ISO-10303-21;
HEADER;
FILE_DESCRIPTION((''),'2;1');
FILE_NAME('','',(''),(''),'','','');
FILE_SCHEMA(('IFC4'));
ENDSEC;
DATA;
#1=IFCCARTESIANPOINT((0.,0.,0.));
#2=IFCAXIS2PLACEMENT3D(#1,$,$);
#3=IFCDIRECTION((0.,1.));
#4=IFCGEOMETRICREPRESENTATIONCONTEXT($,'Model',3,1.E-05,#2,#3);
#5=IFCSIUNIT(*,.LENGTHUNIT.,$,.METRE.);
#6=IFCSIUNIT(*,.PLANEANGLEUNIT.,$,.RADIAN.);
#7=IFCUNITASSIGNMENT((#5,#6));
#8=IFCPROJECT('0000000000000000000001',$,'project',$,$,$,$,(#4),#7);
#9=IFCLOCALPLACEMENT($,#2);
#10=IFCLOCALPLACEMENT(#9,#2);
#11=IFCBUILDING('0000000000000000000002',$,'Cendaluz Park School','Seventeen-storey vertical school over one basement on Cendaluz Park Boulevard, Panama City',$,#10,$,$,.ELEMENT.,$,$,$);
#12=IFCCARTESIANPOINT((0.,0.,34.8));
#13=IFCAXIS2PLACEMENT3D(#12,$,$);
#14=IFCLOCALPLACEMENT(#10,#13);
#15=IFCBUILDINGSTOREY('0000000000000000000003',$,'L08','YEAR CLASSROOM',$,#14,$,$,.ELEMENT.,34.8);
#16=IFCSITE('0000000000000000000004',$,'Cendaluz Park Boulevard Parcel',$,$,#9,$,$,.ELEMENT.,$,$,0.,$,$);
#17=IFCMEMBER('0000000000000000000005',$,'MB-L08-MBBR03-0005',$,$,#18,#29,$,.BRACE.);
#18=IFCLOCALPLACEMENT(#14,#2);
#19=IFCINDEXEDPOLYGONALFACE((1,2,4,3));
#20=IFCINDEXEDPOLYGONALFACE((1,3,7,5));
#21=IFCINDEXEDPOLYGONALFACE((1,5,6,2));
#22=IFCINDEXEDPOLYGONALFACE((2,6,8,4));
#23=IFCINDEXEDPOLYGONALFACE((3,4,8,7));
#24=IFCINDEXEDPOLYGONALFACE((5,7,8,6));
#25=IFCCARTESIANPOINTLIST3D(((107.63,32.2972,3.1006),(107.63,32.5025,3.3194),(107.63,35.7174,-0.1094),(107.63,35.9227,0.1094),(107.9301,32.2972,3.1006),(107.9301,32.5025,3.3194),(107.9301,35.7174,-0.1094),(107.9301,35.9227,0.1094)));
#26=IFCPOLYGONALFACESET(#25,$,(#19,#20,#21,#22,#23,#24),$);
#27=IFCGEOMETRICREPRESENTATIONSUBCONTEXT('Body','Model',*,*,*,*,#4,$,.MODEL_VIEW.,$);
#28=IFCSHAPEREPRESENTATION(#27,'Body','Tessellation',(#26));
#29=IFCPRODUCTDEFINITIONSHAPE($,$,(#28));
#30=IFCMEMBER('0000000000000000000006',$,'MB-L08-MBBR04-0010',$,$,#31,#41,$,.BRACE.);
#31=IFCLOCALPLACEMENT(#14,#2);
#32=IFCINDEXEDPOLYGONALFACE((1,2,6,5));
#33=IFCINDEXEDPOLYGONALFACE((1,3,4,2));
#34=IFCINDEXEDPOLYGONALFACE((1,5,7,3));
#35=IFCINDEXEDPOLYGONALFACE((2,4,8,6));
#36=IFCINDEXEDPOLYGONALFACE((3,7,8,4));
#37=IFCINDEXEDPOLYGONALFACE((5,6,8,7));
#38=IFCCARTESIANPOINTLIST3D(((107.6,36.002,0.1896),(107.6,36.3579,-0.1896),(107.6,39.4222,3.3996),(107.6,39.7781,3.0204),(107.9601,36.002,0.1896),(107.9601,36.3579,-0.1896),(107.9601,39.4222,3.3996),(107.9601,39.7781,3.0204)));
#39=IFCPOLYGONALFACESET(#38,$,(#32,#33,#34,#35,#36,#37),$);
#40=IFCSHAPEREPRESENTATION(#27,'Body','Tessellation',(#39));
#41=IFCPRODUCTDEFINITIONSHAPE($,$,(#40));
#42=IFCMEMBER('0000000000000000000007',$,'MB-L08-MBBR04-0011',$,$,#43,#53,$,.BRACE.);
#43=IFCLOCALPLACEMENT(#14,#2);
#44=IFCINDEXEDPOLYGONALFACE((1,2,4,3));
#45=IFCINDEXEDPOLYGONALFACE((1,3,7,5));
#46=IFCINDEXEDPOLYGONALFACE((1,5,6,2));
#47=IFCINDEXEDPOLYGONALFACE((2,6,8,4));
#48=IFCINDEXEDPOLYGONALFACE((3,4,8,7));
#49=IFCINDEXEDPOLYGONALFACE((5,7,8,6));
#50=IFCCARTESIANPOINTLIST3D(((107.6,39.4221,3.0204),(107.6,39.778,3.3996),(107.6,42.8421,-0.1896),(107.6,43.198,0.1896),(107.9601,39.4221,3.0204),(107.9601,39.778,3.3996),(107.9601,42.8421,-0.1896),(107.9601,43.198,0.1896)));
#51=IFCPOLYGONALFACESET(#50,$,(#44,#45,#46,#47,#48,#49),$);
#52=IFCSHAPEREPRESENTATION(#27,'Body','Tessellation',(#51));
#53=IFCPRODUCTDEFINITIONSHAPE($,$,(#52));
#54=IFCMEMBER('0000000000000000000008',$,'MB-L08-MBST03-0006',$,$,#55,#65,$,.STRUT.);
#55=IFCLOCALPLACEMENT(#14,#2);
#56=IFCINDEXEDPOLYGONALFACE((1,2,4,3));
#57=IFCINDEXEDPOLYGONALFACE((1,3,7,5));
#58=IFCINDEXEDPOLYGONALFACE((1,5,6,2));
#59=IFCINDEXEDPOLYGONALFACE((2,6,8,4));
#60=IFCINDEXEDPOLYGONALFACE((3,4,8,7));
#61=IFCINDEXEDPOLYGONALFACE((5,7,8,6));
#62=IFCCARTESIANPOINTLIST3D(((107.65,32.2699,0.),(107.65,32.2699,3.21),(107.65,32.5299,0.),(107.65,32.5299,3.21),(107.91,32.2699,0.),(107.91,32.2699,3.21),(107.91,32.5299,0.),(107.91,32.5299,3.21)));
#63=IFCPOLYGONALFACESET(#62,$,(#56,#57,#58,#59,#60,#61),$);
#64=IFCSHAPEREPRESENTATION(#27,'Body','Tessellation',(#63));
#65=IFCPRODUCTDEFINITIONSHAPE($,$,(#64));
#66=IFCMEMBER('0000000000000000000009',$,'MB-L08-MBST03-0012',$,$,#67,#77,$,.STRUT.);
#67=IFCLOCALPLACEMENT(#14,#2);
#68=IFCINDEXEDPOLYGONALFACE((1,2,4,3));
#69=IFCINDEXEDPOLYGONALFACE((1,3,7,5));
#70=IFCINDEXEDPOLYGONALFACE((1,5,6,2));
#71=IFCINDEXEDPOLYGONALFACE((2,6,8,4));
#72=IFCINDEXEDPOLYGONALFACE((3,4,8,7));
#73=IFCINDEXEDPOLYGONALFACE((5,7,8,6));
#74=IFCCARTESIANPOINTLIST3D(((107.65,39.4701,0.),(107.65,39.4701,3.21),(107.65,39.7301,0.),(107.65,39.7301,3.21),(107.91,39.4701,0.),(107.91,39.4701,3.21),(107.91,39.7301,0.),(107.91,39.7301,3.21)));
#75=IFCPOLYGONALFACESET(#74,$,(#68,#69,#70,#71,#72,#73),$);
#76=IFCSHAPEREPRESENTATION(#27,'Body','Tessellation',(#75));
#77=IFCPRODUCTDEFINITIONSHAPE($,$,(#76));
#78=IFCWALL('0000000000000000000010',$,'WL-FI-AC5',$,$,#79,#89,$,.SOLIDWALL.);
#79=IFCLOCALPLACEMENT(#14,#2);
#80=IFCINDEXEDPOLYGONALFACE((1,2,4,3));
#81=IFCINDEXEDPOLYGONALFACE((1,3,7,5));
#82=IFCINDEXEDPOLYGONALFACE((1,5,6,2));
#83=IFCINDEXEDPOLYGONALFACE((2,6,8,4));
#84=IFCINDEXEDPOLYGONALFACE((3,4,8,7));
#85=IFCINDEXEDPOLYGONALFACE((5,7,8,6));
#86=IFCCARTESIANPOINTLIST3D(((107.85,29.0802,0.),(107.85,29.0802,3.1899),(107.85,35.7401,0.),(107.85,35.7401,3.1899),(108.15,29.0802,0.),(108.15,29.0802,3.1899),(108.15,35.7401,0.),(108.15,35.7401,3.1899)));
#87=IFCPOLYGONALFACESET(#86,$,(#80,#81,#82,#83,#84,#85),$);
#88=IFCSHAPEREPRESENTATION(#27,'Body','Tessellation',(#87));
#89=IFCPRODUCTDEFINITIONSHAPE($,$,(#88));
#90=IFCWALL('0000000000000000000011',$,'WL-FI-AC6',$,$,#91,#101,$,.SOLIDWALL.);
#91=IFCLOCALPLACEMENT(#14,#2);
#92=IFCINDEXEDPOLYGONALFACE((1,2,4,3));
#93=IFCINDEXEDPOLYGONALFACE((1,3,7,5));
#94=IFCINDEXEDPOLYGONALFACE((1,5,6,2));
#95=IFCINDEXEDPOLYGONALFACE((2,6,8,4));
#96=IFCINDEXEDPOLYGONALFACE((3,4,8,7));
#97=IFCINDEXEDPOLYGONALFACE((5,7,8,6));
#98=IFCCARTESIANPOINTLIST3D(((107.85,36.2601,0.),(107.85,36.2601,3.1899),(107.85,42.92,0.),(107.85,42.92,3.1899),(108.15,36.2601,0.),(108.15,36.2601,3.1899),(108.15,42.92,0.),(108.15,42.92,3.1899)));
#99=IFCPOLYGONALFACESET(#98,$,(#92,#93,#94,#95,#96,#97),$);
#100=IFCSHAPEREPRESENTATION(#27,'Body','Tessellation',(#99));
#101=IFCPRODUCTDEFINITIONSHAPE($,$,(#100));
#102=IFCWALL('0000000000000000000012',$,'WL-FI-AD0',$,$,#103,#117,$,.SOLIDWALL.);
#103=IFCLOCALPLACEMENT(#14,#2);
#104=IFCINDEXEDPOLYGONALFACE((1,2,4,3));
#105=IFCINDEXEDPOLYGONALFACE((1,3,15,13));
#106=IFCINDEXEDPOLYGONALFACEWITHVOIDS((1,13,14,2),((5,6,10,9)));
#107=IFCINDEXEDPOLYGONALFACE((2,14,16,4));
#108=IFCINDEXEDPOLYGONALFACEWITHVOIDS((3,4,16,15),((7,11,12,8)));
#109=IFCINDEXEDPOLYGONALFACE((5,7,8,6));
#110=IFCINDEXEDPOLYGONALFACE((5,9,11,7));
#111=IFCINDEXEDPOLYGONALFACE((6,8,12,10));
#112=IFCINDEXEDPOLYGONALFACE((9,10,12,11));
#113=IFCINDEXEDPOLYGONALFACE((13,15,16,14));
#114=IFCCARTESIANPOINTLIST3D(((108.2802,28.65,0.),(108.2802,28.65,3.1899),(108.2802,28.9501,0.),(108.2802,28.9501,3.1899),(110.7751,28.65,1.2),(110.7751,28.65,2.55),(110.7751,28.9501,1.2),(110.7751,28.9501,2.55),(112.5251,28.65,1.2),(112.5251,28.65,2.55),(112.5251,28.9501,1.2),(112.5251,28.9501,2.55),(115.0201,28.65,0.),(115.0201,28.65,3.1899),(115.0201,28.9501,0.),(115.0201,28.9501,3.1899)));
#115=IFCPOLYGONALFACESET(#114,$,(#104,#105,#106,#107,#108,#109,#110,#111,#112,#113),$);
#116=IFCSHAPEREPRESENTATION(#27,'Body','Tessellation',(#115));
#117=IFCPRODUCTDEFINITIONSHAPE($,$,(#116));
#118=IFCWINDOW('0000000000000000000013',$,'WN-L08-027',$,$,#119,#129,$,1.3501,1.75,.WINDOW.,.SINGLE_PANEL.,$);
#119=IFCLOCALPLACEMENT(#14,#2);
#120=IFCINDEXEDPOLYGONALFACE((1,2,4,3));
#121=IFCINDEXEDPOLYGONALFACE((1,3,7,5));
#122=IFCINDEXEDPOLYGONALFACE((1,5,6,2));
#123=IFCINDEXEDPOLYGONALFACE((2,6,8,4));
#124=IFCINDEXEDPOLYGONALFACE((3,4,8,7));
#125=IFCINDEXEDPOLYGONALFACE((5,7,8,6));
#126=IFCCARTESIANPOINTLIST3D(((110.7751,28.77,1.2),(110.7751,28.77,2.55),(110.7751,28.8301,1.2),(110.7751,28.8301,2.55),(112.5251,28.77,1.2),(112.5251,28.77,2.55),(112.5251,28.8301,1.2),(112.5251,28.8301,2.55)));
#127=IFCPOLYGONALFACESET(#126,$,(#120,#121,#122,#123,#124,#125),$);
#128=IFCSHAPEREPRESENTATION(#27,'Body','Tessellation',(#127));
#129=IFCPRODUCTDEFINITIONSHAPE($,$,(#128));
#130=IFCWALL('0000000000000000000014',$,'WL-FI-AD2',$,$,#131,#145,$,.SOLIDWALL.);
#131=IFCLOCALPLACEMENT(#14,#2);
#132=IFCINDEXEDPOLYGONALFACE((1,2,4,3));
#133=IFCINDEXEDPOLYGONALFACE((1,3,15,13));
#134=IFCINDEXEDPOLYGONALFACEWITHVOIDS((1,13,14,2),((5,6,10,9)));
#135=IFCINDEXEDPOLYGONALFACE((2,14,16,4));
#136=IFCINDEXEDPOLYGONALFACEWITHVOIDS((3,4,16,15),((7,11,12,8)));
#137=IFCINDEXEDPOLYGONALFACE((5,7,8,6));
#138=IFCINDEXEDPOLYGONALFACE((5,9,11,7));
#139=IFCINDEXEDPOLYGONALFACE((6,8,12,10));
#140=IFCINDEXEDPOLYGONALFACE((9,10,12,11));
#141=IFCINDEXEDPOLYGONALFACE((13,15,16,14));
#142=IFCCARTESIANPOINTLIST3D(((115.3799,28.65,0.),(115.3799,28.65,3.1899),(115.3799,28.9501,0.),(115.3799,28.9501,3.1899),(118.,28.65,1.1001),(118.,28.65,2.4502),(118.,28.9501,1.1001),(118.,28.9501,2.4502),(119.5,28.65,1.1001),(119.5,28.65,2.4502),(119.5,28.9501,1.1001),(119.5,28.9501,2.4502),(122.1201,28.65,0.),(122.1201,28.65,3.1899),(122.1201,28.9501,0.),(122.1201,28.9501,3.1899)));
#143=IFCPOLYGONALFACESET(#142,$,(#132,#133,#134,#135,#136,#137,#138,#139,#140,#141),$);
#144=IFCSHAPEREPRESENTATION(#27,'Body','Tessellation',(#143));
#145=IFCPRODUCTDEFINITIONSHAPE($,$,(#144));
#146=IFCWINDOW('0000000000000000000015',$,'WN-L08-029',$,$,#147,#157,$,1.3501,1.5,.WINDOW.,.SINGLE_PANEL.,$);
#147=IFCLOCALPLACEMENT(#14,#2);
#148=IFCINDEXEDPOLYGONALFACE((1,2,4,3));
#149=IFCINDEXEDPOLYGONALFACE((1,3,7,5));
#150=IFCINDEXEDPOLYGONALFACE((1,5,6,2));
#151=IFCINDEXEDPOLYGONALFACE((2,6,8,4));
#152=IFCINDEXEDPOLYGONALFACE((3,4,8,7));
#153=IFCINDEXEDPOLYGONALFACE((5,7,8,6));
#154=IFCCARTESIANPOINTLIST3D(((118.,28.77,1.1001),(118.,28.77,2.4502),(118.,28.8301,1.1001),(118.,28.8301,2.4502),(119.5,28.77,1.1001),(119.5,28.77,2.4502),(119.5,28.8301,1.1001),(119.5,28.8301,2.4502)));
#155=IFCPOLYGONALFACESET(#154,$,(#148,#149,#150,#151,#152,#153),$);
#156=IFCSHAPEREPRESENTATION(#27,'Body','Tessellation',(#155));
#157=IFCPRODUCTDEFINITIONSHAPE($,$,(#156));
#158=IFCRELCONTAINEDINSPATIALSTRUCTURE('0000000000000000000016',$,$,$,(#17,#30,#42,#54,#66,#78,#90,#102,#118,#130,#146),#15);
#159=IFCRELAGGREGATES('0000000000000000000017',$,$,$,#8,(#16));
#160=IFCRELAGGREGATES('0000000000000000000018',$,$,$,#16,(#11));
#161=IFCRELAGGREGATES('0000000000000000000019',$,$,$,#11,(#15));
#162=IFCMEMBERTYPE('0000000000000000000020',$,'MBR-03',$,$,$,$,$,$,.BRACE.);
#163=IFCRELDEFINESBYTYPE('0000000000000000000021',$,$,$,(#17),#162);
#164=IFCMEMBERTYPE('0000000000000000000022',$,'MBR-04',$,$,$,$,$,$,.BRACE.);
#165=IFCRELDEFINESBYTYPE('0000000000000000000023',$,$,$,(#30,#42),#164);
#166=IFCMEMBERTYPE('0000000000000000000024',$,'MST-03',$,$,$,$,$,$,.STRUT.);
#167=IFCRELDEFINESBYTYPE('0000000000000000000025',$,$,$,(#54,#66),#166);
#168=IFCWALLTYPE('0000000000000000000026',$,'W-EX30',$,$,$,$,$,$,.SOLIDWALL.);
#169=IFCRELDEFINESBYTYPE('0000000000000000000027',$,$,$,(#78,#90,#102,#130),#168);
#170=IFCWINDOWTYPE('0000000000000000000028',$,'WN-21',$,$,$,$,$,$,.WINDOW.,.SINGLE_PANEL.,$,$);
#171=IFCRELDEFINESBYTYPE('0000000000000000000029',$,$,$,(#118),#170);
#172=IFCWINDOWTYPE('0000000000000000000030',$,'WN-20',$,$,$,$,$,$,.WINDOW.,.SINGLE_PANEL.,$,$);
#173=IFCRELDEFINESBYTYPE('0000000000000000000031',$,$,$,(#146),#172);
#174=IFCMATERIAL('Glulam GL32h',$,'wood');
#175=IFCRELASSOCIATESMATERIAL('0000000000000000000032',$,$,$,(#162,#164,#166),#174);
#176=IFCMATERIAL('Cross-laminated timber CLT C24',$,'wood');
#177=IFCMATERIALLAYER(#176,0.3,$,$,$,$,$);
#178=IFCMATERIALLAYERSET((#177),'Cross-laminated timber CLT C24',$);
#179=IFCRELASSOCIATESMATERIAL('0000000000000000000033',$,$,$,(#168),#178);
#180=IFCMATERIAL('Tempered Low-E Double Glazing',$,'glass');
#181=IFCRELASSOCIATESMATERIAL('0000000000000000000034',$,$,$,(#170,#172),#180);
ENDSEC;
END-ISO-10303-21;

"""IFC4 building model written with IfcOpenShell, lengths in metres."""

from ifc_helpers import new_model, si_unit, direction, frame, frame_2d, origin, origin_2d, place, context, subcontext, project, spatial, rectangle, extrude, material, layer, layer_set, material_profile, profile_set, type_object, element, fill, save


model = new_model("IFC4")

# Units and contexts
model_context = context("Model", 3, precision=1e-05, world=origin(), true_north=direction((0.0, 1.0)))
body_context = subcontext(model_context, "Body", "Model", "MODEL_VIEW")
ifc_project = project(units=[si_unit("LENGTHUNIT", "METRE"), si_unit("PLANEANGLEUNIT", "RADIAN")], contexts=[model_context])

# Site, building, storey
site_placement = place(None, origin())
site = spatial("IfcSite", under=ifc_project, at=site_placement, Name="Cendaluz Park Boulevard Parcel", CompositionType="ELEMENT", RefElevation=0.0)
building_placement = place(site_placement, origin())
building = spatial("IfcBuilding", under=site, at=building_placement, Name="Cendaluz Park School", Description="Seventeen-storey vertical school over one basement on Cendaluz Park Boulevard, Panama City", CompositionType="ELEMENT")
storey_placement = place(building_placement, frame((0.0, 0.0, 34.8)))
storey = spatial("IfcBuildingStorey", under=building, at=storey_placement, Name="L08", Description="YEAR CLASSROOM", CompositionType="ELEMENT", Elevation=34.8)

# Shared definitions
ifc_material_1 = material(Name="Glulam GL32h", Category="wood")

# Members
ifc_material_profile_1 = material_profile(ifc_material_1, rectangle(XDim=0.3, YDim=0.3, at=origin_2d()), Name="GL32h 300x300", Category="wood")
ifc_profile_set_1 = profile_set([ifc_material_profile_1], Name="Glulam GL32h")
member_type_1 = type_object("IfcMemberType", Name="MBR-03", PredefinedType="BRACE", material=ifc_profile_set_1)
member_1_placement = place(storey_placement, frame((107.78, 35.8201, 0.0), z_axis=(0.0, -0.729159, 0.684344), x_axis=(1.0, 0.0, 0.0)))
element("IfcMember", 1, at=member_1_placement, inside=storey, type_object=member_type_1, Name="MB-L08-MBBR03-0005", PredefinedType="BRACE", context=body_context, shape_type="SweptSolid", body=[
    extrude(rectangle(XDim=0.3, YDim=0.3, at=origin_2d()), origin(), (0.0, 0.0, 1.0), 4.6907),
])
ifc_material_profile_2 = material_profile(ifc_material_1, rectangle(XDim=0.3601, YDim=0.52, at=origin_2d()), Name="GL32h 360x520", Category="wood")
ifc_profile_set_2 = profile_set([ifc_material_profile_2], Name="Glulam GL32h")
member_type_2 = type_object("IfcMemberType", Name="MBR-04", PredefinedType="BRACE", material=ifc_profile_set_2)
member_2_placement = place(storey_placement, frame((107.78, 36.1799, 0.0), z_axis=(0.0, 0.729159, 0.684344), x_axis=(-1.0, 0.0, 0.0)))
element("IfcMember", 2, at=member_2_placement, inside=storey, type_object=member_type_2, Name="MB-L08-MBBR04-0010", PredefinedType="BRACE", context=body_context, shape_type="SweptSolid", body=[
    extrude(rectangle(XDim=0.3601, YDim=0.52, at=origin_2d()), origin(), (0.0, 0.0, 1.0), 4.6907),
])
member_3_placement = place(storey_placement, frame((107.78, 43.02, 0.0), z_axis=(0.0, -0.729135, 0.68437), x_axis=(1.0, 0.0, 0.0)))
element("IfcMember", 3, at=member_3_placement, inside=storey, type_object=member_type_2, Name="MB-L08-MBBR04-0011", PredefinedType="BRACE", context=body_context, shape_type="SweptSolid", body=[
    extrude(rectangle(XDim=0.3601, YDim=0.52, at=origin_2d()), origin(), (0.0, 0.0, 1.0), 4.6904),
])
ifc_material_profile_3 = material_profile(ifc_material_1, rectangle(XDim=0.26, YDim=0.26, at=origin_2d()), Name="GL32h 260x260", Category="wood")
ifc_profile_set_3 = profile_set([ifc_material_profile_3], Name="Glulam GL32h")
member_type_3 = type_object("IfcMemberType", Name="MST-03", PredefinedType="STRUT", material=ifc_profile_set_3)
for number, where, z_axis, x_axis, name in (
    (4, (107.78, 32.3999, 0.0), (0.0, 0.0, 1.0), (1.0, 0.0, 0.0), "MB-L08-MBST03-0006"),
    (5, (107.78, 39.6001, 0.0), (0.0, 0.0, 1.0), (1.0, 0.0, 0.0), "MB-L08-MBST03-0012"),
):
    element("IfcMember", number, at=place(storey_placement, frame(where, z_axis=z_axis, x_axis=x_axis)), inside=storey, type_object=member_type_3, Name=name, PredefinedType="STRUT", context=body_context, shape_type="SweptSolid", body=[
        extrude(rectangle(XDim=0.26, YDim=0.26, at=origin_2d()), origin(), (0.0, 0.0, 1.0), 3.21),
    ])

# Walls
ifc_material_2 = material(Name="Cross-laminated timber CLT C24", Category="wood")
ifc_layer_1 = layer(ifc_material_2, 0.3)
ifc_layer_set_1 = layer_set([ifc_layer_1], Name="Cross-laminated timber CLT C24")
wall_type_1 = type_object("IfcWallType", Name="W-EX30", PredefinedType="SOLIDWALL", material=ifc_layer_set_1)
for number, where, z_axis, x_axis, name in (
    (6, (108.0, 29.0801, 0.0), (0.0, 0.0, 1.0), (0.0, 1.0, 0.0), "WL-FI-AC5"),
    (7, (108.0, 36.26, 0.0), (0.0, 0.0, 1.0), (0.0, 1.0, 0.0), "WL-FI-AC6"),
):
    element("IfcWall", number, at=place(storey_placement, frame(where, z_axis=z_axis, x_axis=x_axis)), inside=storey, type_object=wall_type_1, Name=name, PredefinedType="SOLIDWALL", context=body_context, shape_type="SweptSolid", body=[
        extrude(rectangle(XDim=6.6599, YDim=0.3, at=frame_2d((3.3301, 0.0))), origin(), (0.0, 0.0, 1.0), 3.1899),
    ])

# Walls, openings, windows
wall_1_placement = place(storey_placement, frame((108.28, 28.8, 0.0), z_axis=(0.0, 0.0, 1.0), x_axis=(1.0, 0.0, 0.0)))
wall_1 = element("IfcWall", 8, at=wall_1_placement, inside=storey, type_object=wall_type_1, Name="WL-FI-AD0", PredefinedType="SOLIDWALL", context=body_context, shape_type="SweptSolid", body=[
    extrude(rectangle(XDim=6.74, YDim=0.3, at=frame_2d((3.3701, 0.0))), origin(), (0.0, 0.0, 1.0), 3.1899),
])
opening_1_placement = place(wall_1_placement, frame((2.4951, 0.0, 1.2)))
opening_1 = element("IfcOpeningElement", 9, at=opening_1_placement, cuts=wall_1, PredefinedType="OPENING", context=body_context, shape_type="SweptSolid", body=[
    extrude(rectangle(XDim=1.75, YDim=1.3501, at=frame_2d((0.875, 0.675))), frame((0.0, 0.1621, 0.0), z_axis=(0.0, -1.0, 0.0), x_axis=(1.0, 0.0, 0.0)), (0.0, 0.0, 1.0), 0.324),
])
ifc_material_3 = material(Name="Tempered Low-E Double Glazing", Category="glass")
window_type_1 = type_object("IfcWindowType", Name="WN-21", PartitioningType="SINGLE_PANEL", PredefinedType="WINDOW", material=ifc_material_3)
window_1_placement = place(opening_1_placement, origin())
window_1 = element("IfcWindow", 10, at=window_1_placement, inside=storey, type_object=window_type_1, Name="WN-L08-027", OverallHeight=1.3501, OverallWidth=1.75, PartitioningType="SINGLE_PANEL", PredefinedType="WINDOW", context=body_context, shape_type="SweptSolid", body=[
    extrude(rectangle(XDim=1.75, YDim=1.3501, at=frame_2d((0.875, 0.675))), frame((0.0, 0.03, 0.0), z_axis=(0.0, -1.0, 0.0), x_axis=(1.0, 0.0, 0.0)), (0.0, 0.0, 1.0), 0.0601),
])
fill(opening_1, window_1)
wall_2_placement = place(storey_placement, frame((115.3799, 28.8, 0.0), z_axis=(0.0, 0.0, 1.0), x_axis=(1.0, 0.0, 0.0)))
wall_2 = element("IfcWall", 11, at=wall_2_placement, inside=storey, type_object=wall_type_1, Name="WL-FI-AD2", PredefinedType="SOLIDWALL", context=body_context, shape_type="SweptSolid", body=[
    extrude(rectangle(XDim=6.7402, YDim=0.3, at=frame_2d((3.3701, 0.0))), origin(), (0.0, 0.0, 1.0), 3.1899),
])
opening_2_placement = place(wall_2_placement, frame((2.6201, 0.0, 1.1001)))
opening_2 = element("IfcOpeningElement", 12, at=opening_2_placement, cuts=wall_2, PredefinedType="OPENING", context=body_context, shape_type="SweptSolid", body=[
    extrude(rectangle(XDim=1.5, YDim=1.3501, at=frame_2d((0.75, 0.675))), frame((0.0, 0.1621, 0.0), z_axis=(0.0, -1.0, 0.0), x_axis=(1.0, 0.0, 0.0)), (0.0, 0.0, 1.0), 0.324),
])
window_type_2 = type_object("IfcWindowType", Name="WN-20", PartitioningType="SINGLE_PANEL", PredefinedType="WINDOW", material=ifc_material_3)
window_2_placement = place(opening_2_placement, origin())
window_2 = element("IfcWindow", 13, at=window_2_placement, inside=storey, type_object=window_type_2, Name="WN-L08-029", OverallHeight=1.3501, OverallWidth=1.5, PartitioningType="SINGLE_PANEL", PredefinedType="WINDOW", context=body_context, shape_type="SweptSolid", body=[
    extrude(rectangle(XDim=1.5, YDim=1.3501, at=frame_2d((0.75, 0.675))), frame((0.0, 0.03, 0.0), z_axis=(0.0, -1.0, 0.0), x_axis=(1.0, 0.0, 0.0)), (0.0, 0.0, 1.0), 0.0601),
])
fill(opening_2, window_2)

save(model, "model.ifc")
